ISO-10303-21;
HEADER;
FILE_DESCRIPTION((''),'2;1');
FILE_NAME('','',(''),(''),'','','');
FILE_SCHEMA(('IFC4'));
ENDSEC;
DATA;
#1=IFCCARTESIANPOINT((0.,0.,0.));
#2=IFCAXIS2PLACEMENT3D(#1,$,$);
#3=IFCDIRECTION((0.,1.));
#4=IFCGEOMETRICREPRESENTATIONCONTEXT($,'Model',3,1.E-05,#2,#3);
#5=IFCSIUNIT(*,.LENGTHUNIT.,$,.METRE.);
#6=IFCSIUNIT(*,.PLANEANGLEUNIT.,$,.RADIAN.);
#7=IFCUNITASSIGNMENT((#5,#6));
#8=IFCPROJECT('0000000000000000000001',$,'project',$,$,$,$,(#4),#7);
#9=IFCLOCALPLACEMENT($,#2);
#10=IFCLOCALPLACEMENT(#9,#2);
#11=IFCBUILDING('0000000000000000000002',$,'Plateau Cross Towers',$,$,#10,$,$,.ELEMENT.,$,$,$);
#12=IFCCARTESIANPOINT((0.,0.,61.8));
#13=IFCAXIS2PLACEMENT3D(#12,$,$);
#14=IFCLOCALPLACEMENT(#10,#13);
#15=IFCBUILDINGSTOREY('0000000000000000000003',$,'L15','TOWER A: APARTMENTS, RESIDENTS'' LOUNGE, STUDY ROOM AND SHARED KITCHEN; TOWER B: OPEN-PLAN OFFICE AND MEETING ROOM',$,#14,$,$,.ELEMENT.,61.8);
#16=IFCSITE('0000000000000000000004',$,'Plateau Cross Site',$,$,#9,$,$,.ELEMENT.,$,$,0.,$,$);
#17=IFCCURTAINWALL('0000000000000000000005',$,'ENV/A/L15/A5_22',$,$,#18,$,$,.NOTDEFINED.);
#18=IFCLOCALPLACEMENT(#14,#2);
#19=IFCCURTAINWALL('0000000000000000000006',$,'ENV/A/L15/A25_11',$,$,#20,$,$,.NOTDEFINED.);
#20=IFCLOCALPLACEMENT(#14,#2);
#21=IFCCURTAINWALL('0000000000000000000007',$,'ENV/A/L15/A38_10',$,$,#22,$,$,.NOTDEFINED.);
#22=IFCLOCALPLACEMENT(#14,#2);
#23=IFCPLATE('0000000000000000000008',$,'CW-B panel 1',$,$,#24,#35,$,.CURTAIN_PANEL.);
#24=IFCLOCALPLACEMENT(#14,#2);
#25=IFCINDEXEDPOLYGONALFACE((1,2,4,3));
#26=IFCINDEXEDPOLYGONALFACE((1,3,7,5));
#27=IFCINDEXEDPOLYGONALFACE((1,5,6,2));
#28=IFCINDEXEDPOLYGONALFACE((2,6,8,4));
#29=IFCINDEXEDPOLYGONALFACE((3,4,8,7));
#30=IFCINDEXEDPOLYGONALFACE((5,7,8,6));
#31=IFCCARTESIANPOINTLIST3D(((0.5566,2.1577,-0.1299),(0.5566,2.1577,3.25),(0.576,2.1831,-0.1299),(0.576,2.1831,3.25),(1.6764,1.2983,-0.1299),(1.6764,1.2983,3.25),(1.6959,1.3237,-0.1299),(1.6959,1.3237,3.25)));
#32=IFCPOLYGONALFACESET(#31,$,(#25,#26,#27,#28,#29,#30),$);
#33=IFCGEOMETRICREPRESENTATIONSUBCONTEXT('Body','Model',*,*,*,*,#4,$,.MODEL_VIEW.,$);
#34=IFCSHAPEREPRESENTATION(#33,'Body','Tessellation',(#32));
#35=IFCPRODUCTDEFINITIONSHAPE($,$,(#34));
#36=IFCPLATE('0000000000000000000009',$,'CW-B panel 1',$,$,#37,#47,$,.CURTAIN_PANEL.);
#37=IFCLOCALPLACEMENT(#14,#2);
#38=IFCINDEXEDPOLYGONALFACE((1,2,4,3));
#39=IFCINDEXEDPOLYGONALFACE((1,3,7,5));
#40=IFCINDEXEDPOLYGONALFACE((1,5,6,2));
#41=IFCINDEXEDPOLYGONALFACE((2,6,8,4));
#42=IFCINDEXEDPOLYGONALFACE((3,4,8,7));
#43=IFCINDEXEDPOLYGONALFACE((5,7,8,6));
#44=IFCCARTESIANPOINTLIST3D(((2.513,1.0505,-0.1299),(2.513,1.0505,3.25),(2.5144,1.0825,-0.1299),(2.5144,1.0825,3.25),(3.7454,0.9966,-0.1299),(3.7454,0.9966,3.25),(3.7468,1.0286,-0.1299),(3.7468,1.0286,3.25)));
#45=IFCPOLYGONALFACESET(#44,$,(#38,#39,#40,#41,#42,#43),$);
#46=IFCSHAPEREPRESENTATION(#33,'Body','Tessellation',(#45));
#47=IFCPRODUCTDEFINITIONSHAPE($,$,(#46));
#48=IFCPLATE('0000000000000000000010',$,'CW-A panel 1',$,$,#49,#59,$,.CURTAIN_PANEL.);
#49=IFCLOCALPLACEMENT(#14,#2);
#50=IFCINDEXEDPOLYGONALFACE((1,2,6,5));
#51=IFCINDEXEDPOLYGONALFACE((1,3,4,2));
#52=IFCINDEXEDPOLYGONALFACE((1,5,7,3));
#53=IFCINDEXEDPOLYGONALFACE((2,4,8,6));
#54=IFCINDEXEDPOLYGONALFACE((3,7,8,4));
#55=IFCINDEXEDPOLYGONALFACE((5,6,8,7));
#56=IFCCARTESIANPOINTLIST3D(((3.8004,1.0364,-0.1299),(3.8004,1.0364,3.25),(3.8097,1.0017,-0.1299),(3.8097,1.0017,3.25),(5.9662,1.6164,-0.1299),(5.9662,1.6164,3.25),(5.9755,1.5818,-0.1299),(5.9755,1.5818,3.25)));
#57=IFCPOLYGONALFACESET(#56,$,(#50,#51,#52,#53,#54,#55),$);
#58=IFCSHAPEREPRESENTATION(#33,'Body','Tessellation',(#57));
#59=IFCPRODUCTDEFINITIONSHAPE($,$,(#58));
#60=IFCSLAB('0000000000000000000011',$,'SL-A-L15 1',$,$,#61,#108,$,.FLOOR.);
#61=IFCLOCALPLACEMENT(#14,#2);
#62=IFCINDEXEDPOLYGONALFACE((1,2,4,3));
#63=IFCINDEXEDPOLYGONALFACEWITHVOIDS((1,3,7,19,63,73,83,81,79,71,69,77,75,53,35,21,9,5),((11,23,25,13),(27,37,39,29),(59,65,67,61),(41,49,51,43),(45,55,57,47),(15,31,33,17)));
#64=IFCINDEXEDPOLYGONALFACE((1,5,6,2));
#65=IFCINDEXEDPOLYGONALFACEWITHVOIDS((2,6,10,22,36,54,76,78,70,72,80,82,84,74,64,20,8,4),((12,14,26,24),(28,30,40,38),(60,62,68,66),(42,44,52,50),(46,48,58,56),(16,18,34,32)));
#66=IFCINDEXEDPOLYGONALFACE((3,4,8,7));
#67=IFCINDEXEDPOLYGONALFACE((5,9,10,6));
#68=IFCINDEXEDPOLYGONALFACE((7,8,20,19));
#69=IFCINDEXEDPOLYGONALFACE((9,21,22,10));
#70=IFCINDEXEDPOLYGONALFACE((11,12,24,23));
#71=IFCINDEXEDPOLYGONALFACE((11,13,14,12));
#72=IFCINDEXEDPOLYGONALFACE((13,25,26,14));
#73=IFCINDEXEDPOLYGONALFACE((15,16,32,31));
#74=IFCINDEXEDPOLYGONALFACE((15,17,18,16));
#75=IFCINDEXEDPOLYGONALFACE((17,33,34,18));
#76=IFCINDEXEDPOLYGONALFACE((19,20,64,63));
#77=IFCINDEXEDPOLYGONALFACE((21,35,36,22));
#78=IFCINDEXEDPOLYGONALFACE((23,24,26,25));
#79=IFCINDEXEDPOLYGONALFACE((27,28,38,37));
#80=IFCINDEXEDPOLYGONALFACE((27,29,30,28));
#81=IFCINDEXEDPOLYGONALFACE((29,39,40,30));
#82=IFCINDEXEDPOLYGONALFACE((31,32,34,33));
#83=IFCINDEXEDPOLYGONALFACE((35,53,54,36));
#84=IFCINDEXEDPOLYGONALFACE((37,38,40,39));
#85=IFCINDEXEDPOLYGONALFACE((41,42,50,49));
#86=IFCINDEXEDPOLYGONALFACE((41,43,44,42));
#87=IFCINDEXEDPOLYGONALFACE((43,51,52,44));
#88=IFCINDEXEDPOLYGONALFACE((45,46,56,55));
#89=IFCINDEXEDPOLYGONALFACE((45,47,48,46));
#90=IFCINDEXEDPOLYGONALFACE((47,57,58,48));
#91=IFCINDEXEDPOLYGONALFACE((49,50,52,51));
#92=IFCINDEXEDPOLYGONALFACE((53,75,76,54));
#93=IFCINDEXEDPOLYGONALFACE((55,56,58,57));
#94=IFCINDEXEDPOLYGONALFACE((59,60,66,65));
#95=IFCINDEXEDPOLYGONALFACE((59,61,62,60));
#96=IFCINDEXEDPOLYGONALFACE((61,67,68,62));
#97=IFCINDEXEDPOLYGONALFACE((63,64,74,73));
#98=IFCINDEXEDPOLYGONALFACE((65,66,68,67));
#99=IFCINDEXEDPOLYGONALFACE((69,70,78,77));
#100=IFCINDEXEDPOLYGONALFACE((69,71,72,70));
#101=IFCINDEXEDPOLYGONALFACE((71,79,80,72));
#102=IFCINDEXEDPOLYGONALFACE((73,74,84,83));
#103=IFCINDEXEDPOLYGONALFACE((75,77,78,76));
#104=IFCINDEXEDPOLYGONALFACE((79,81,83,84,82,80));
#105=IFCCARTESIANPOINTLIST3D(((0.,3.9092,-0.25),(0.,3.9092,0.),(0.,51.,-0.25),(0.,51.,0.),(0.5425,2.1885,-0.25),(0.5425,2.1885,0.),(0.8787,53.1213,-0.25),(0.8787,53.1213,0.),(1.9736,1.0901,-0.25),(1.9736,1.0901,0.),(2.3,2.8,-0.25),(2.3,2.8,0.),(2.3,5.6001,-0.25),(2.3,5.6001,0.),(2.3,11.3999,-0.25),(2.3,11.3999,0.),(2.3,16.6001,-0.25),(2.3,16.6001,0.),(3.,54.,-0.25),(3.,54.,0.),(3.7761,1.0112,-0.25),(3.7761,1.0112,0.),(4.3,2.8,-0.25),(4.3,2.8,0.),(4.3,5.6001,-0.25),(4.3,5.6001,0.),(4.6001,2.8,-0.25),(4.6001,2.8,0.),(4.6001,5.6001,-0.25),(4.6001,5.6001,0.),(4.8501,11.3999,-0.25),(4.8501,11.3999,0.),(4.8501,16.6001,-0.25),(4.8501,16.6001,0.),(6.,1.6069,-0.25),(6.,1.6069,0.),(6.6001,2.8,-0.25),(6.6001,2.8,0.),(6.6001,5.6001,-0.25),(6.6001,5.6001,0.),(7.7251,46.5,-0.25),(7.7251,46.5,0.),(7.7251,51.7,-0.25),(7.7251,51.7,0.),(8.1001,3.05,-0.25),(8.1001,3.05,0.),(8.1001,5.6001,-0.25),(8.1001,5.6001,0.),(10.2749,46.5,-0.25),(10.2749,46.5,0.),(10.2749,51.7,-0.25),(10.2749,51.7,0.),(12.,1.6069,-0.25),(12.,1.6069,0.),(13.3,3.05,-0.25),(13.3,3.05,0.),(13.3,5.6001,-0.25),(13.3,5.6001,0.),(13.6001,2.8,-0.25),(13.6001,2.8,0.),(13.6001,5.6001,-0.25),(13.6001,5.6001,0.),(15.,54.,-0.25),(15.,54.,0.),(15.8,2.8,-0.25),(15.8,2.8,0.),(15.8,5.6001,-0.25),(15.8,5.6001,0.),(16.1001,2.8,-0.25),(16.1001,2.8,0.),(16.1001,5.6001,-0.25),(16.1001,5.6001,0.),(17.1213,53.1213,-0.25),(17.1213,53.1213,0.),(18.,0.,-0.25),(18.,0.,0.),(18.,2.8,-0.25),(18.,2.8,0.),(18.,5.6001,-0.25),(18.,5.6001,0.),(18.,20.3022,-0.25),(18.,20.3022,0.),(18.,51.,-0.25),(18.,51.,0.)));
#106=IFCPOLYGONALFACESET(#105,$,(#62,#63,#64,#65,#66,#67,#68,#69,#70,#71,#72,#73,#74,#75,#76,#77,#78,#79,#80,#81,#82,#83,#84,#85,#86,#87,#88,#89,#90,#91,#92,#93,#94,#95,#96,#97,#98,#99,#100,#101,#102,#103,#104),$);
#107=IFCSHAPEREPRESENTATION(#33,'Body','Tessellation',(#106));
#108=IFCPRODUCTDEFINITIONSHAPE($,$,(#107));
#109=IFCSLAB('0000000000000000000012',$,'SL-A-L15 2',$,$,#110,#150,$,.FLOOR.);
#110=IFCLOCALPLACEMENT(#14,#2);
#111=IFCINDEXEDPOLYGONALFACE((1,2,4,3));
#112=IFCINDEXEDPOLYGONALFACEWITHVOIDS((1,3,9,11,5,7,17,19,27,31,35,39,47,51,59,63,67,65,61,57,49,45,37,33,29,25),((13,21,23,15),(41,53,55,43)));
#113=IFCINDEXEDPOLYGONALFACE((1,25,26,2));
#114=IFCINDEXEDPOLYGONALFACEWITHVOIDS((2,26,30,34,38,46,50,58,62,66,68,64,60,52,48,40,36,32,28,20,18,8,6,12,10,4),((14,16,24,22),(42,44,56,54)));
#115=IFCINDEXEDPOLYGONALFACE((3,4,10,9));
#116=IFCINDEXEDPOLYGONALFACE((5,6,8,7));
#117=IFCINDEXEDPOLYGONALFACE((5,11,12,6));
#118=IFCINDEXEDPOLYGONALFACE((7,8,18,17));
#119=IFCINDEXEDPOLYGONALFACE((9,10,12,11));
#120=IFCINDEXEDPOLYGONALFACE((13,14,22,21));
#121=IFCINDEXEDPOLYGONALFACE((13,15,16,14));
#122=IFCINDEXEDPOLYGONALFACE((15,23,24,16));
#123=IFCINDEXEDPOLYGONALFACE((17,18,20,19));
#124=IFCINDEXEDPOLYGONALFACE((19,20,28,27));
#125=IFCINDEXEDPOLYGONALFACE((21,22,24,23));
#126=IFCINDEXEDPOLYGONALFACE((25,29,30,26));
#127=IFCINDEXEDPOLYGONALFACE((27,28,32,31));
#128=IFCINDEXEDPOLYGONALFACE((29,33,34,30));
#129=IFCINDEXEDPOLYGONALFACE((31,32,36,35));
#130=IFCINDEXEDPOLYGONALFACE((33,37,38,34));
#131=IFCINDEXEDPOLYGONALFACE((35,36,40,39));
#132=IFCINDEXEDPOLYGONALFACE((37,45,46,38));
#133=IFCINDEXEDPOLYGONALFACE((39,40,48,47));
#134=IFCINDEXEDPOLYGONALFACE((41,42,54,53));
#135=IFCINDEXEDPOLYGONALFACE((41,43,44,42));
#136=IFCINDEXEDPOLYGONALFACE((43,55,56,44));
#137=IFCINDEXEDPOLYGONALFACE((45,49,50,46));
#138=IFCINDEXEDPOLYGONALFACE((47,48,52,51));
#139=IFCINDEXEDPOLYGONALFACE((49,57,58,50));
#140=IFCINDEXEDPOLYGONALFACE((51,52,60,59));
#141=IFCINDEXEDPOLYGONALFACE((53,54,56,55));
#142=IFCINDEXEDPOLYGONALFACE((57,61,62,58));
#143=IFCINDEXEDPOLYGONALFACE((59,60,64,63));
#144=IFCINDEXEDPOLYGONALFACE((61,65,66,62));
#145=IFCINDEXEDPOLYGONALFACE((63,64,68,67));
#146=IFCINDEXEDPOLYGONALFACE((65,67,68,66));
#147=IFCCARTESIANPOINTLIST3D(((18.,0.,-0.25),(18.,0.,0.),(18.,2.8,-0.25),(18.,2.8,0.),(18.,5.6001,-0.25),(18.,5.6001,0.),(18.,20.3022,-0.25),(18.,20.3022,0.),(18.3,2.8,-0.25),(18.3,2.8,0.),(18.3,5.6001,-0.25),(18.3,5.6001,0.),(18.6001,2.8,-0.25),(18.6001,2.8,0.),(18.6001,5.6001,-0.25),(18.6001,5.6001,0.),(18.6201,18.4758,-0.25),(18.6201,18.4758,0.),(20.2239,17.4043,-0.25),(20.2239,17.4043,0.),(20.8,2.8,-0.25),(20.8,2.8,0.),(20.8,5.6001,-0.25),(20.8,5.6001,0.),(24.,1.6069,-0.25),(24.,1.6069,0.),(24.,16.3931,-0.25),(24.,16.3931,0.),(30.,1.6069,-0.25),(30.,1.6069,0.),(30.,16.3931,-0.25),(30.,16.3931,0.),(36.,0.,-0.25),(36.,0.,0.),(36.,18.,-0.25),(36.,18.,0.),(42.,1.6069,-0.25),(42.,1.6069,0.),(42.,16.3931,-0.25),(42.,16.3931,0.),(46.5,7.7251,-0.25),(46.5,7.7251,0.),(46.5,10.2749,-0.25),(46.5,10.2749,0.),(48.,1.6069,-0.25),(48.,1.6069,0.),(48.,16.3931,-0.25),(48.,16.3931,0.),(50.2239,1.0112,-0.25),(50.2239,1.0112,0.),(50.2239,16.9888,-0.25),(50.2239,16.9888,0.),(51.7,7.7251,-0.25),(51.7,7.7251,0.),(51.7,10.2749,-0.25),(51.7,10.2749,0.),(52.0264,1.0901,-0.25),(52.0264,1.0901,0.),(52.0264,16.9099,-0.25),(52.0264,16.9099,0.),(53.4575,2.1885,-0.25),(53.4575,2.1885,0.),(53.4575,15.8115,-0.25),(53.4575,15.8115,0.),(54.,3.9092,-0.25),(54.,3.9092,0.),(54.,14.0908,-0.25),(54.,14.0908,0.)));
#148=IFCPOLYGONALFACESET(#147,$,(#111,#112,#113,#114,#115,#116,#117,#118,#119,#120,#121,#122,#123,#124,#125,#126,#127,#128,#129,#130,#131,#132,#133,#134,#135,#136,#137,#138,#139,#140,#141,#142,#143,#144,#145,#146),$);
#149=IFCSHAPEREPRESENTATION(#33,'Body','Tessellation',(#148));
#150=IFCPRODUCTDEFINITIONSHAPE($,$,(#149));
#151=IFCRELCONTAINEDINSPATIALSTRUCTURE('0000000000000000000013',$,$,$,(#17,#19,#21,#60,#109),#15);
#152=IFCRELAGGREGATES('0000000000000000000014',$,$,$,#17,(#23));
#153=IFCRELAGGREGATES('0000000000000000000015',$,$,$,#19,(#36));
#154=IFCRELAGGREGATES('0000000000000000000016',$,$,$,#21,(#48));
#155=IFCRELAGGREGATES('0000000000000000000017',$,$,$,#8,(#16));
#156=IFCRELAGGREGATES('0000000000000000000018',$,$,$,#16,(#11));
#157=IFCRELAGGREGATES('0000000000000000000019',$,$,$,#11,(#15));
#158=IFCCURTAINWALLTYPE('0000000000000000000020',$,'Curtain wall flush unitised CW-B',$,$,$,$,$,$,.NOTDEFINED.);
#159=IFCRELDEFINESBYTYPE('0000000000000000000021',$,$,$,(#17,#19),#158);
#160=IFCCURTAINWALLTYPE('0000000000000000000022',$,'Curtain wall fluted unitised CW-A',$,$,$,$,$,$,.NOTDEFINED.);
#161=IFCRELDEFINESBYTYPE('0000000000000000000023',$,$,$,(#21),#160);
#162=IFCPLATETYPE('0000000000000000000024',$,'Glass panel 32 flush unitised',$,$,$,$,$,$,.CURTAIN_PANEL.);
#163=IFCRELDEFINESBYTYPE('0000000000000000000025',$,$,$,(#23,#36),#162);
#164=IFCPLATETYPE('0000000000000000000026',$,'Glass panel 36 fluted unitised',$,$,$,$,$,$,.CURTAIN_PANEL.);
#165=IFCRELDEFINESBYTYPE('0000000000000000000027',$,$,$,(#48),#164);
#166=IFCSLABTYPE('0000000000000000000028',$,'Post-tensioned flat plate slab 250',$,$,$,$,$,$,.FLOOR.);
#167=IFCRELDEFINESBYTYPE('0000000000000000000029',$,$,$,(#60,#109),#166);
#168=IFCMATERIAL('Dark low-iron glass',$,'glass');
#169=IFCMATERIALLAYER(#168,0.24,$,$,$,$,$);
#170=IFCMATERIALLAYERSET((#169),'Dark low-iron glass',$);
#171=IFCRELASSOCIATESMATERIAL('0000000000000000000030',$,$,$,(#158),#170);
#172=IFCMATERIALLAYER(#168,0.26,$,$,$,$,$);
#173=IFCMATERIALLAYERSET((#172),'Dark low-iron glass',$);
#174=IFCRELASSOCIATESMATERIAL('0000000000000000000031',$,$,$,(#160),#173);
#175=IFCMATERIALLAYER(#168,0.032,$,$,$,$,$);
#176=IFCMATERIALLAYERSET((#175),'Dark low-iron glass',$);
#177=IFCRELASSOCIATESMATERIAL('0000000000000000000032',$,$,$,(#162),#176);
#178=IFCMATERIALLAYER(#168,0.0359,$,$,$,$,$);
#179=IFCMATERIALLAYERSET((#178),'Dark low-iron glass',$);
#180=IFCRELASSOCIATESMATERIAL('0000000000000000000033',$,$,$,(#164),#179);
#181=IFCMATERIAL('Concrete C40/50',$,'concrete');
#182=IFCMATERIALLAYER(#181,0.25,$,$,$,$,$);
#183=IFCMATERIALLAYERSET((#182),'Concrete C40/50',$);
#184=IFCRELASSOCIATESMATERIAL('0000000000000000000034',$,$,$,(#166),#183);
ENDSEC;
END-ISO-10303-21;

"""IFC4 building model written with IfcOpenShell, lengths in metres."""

from ifc_helpers import new_model, si_unit, direction, frame, origin, origin_2d, place, context, subcontext, project, spatial, polyline, rectangle, outline, extrude, material, layer, layer_set, type_object, element, aggregate, save


model = new_model("IFC4")

# Units and contexts
model_context = context("Model", 3, precision=1e-05, world=origin(), true_north=direction((0.0, 1.0)))
body_context = subcontext(model_context, "Body", "Model", "MODEL_VIEW")
ifc_project = project(units=[si_unit("LENGTHUNIT", "METRE"), si_unit("PLANEANGLEUNIT", "RADIAN")], contexts=[model_context])

# Site, building, storey
site_placement = place(None, origin())
site = spatial("IfcSite", under=ifc_project, at=site_placement, Name="Plateau Cross Site", CompositionType="ELEMENT", RefElevation=0.0)
building_placement = place(site_placement, origin())
building = spatial("IfcBuilding", under=site, at=building_placement, Name="Plateau Cross Towers", CompositionType="ELEMENT")
storey_placement = place(building_placement, frame((0.0, 0.0, 61.8)))
storey = spatial("IfcBuildingStorey", under=building, at=storey_placement, Name="L15", Description="TOWER A: APARTMENTS, RESIDENTS' LOUNGE, STUDY ROOM AND SHARED KITCHEN; TOWER B: OPEN-PLAN OFFICE AND MEETING ROOM", CompositionType="ELEMENT", Elevation=61.8)

# Curtain wall
ifc_material_1 = material(Name="Dark low-iron glass", Category="glass")
ifc_layer_1 = layer(ifc_material_1, 0.24)
ifc_layer_set_1 = layer_set([ifc_layer_1], Name="Dark low-iron glass")
curtain_wall_type_1 = type_object("IfcCurtainWallType", Name="Curtain wall flush unitised CW-B", PredefinedType="NOTDEFINED", material=ifc_layer_set_1)
curtain_wall_1_placement = place(storey_placement, origin())
curtain_wall_1 = element("IfcCurtainWall", 1, at=curtain_wall_1_placement, inside=storey, type_object=curtain_wall_type_1, Name="ENV/A/L15/A5_22", PredefinedType="NOTDEFINED")

# Curtain walls
curtain_wall_2_placement = place(storey_placement, origin())
curtain_wall_2 = element("IfcCurtainWall", 2, at=curtain_wall_2_placement, inside=storey, type_object=curtain_wall_type_1, Name="ENV/A/L15/A25_11", PredefinedType="NOTDEFINED")
ifc_layer_2 = layer(ifc_material_1, 0.26)
ifc_layer_set_2 = layer_set([ifc_layer_2], Name="Dark low-iron glass")
curtain_wall_type_2 = type_object("IfcCurtainWallType", Name="Curtain wall fluted unitised CW-A", PredefinedType="NOTDEFINED", material=ifc_layer_set_2)
curtain_wall_3_placement = place(storey_placement, origin())
curtain_wall_3 = element("IfcCurtainWall", 3, at=curtain_wall_3_placement, inside=storey, type_object=curtain_wall_type_2, Name="ENV/A/L15/A38_10", PredefinedType="NOTDEFINED")

# Shared definitions
ifc_material_2 = material(Name="Concrete C40/50", Category="concrete")

# Plates
ifc_layer_3 = layer(ifc_material_1, 0.032)
ifc_layer_set_3 = layer_set([ifc_layer_3], Name="Dark low-iron glass")
plate_type_1 = type_object("IfcPlateType", Name="Glass panel 32 flush unitised", PredefinedType="CURTAIN_PANEL", material=ifc_layer_set_3)
plate_1_placement = place(storey_placement, frame((1.1262, 1.7407, -0.1299), z_axis=(0.0, 0.0, 1.0), x_axis=(0.793316, -0.608811, 0.0)))
plate_1 = element("IfcPlate", 4, at=plate_1_placement, type_object=plate_type_1, Name="CW-B panel 1", PredefinedType="CURTAIN_PANEL", context=body_context, shape_type="SweptSolid", body=[
    extrude(rectangle(XDim=1.4116, YDim=0.032, at=origin_2d()), origin(), (0.0, 0.0, 1.0), 3.3799),
])
aggregate(curtain_wall_1, [plate_1])
plate_2_placement = place(storey_placement, frame((3.1299, 1.0396, -0.1299), z_axis=(0.0, 0.0, 1.0), x_axis=(0.999044, -0.043723, 0.0)))
plate_2 = element("IfcPlate", 5, at=plate_2_placement, type_object=plate_type_1, Name="CW-B panel 1", PredefinedType="CURTAIN_PANEL", context=body_context, shape_type="SweptSolid", body=[
    extrude(rectangle(XDim=1.2336, YDim=0.032, at=origin_2d()), origin(), (0.0, 0.0, 1.0), 3.3799),
])
aggregate(curtain_wall_2, [plate_2])
ifc_layer_4 = layer(ifc_material_1, 0.0359)
ifc_layer_set_4 = layer_set([ifc_layer_4], Name="Dark low-iron glass")
plate_type_2 = type_object("IfcPlateType", Name="Glass panel 36 fluted unitised", PredefinedType="CURTAIN_PANEL", material=ifc_layer_set_4)
plate_3_placement = place(storey_placement, frame((4.8879, 1.3091, -0.1299), z_axis=(0.0, 0.0, 1.0), x_axis=(0.965958, 0.258699, 0.0)))
plate_3 = element("IfcPlate", 6, at=plate_3_placement, type_object=plate_type_2, Name="CW-A panel 1", PredefinedType="CURTAIN_PANEL", context=body_context, shape_type="SweptSolid", body=[
    extrude(rectangle(XDim=2.2422, YDim=0.0359, at=origin_2d()), origin(), (0.0, 0.0, 1.0), 3.3799),
])
aggregate(curtain_wall_3, [plate_3])

# Slabs
ifc_layer_5 = layer(ifc_material_2, 0.25)
ifc_layer_set_5 = layer_set([ifc_layer_5], Name="Concrete C40/50")
slab_type_1 = type_object("IfcSlabType", Name="Post-tensioned flat plate slab 250", PredefinedType="FLOOR", material=ifc_layer_set_5)
slab_1_placement = place(storey_placement, frame((0.0, 0.0, -0.25)))
element("IfcSlab", 7, at=slab_1_placement, inside=storey, type_object=slab_type_1, Name="SL-A-L15 1", PredefinedType="FLOOR", context=body_context, shape_type="SweptSolid", body=[
    extrude(outline(polyline([(0.5425, 2.1885), (0.0, 3.9092), (0.0, 51.0), (0.8787, 53.1213), (3.0, 54.0), (15.0, 54.0), (17.1213, 53.1213), (18.0, 51.0), (18.0, 20.3022), (18.0, 5.6001), (16.1001, 5.6001), (16.1001, 2.8), (18.0, 2.8), (18.0, 0.0), (12.0, 1.6069), (6.0, 1.6069), (3.7761, 1.0112), (1.9736, 1.0901), (0.5425, 2.1885)]), holes=[polyline([(4.3, 5.6001), (2.3, 5.6001), (2.3, 2.8), (4.3, 2.8), (4.3, 5.6001)]), polyline([(6.6001, 5.6001), (4.6001, 5.6001), (4.6001, 2.8), (6.6001, 2.8), (6.6001, 5.6001)]), polyline([(15.8, 5.6001), (13.6001, 5.6001), (13.6001, 2.8), (15.8, 2.8), (15.8, 5.6001)]), polyline([(13.3, 5.6001), (8.1001, 5.6001), (8.1001, 3.05), (13.3, 3.05), (13.3, 5.6001)]), polyline([(4.8501, 16.6001), (2.3, 16.6001), (2.3, 11.3999), (4.8501, 11.3999), (4.8501, 16.6001)]), polyline([(7.7251, 51.7), (7.7251, 46.5), (10.2749, 46.5), (10.2749, 51.7), (7.7251, 51.7)])]), origin(), (0.0, 0.0, 1.0), 0.25),
])
slab_2_placement = place(storey_placement, frame((0.0, 0.0, -0.25)))
element("IfcSlab", 8, at=slab_2_placement, inside=storey, type_object=slab_type_1, Name="SL-A-L15 2", PredefinedType="FLOOR", context=body_context, shape_type="SweptSolid", body=[
    extrude(outline(polyline([(18.6201, 18.4758), (20.2239, 17.4043), (24.0, 16.3931), (30.0, 16.3931), (36.0, 18.0), (42.0, 16.3931), (48.0, 16.3931), (50.2239, 16.9888), (52.0264, 16.9099), (53.4575, 15.8115), (54.0, 14.0908), (54.0, 3.9092), (53.4575, 2.1885), (52.0264, 1.0901), (50.2239, 1.0112), (48.0, 1.6069), (42.0, 1.6069), (36.0, 0.0), (30.0, 1.6069), (24.0, 1.6069), (18.0, 0.0), (18.0, 2.8), (18.3, 2.8), (18.3, 5.6001), (18.0, 5.6001), (18.0, 20.3022), (18.6201, 18.4758)]), holes=[polyline([(20.8, 5.6001), (18.6001, 5.6001), (18.6001, 2.8), (20.8, 2.8), (20.8, 5.6001)]), polyline([(51.7, 7.7251), (51.7, 10.2749), (46.5, 10.2749), (46.5, 7.7251), (51.7, 7.7251)])]), origin(), (0.0, 0.0, 1.0), 0.25),
])

save(model, "model.ifc")
